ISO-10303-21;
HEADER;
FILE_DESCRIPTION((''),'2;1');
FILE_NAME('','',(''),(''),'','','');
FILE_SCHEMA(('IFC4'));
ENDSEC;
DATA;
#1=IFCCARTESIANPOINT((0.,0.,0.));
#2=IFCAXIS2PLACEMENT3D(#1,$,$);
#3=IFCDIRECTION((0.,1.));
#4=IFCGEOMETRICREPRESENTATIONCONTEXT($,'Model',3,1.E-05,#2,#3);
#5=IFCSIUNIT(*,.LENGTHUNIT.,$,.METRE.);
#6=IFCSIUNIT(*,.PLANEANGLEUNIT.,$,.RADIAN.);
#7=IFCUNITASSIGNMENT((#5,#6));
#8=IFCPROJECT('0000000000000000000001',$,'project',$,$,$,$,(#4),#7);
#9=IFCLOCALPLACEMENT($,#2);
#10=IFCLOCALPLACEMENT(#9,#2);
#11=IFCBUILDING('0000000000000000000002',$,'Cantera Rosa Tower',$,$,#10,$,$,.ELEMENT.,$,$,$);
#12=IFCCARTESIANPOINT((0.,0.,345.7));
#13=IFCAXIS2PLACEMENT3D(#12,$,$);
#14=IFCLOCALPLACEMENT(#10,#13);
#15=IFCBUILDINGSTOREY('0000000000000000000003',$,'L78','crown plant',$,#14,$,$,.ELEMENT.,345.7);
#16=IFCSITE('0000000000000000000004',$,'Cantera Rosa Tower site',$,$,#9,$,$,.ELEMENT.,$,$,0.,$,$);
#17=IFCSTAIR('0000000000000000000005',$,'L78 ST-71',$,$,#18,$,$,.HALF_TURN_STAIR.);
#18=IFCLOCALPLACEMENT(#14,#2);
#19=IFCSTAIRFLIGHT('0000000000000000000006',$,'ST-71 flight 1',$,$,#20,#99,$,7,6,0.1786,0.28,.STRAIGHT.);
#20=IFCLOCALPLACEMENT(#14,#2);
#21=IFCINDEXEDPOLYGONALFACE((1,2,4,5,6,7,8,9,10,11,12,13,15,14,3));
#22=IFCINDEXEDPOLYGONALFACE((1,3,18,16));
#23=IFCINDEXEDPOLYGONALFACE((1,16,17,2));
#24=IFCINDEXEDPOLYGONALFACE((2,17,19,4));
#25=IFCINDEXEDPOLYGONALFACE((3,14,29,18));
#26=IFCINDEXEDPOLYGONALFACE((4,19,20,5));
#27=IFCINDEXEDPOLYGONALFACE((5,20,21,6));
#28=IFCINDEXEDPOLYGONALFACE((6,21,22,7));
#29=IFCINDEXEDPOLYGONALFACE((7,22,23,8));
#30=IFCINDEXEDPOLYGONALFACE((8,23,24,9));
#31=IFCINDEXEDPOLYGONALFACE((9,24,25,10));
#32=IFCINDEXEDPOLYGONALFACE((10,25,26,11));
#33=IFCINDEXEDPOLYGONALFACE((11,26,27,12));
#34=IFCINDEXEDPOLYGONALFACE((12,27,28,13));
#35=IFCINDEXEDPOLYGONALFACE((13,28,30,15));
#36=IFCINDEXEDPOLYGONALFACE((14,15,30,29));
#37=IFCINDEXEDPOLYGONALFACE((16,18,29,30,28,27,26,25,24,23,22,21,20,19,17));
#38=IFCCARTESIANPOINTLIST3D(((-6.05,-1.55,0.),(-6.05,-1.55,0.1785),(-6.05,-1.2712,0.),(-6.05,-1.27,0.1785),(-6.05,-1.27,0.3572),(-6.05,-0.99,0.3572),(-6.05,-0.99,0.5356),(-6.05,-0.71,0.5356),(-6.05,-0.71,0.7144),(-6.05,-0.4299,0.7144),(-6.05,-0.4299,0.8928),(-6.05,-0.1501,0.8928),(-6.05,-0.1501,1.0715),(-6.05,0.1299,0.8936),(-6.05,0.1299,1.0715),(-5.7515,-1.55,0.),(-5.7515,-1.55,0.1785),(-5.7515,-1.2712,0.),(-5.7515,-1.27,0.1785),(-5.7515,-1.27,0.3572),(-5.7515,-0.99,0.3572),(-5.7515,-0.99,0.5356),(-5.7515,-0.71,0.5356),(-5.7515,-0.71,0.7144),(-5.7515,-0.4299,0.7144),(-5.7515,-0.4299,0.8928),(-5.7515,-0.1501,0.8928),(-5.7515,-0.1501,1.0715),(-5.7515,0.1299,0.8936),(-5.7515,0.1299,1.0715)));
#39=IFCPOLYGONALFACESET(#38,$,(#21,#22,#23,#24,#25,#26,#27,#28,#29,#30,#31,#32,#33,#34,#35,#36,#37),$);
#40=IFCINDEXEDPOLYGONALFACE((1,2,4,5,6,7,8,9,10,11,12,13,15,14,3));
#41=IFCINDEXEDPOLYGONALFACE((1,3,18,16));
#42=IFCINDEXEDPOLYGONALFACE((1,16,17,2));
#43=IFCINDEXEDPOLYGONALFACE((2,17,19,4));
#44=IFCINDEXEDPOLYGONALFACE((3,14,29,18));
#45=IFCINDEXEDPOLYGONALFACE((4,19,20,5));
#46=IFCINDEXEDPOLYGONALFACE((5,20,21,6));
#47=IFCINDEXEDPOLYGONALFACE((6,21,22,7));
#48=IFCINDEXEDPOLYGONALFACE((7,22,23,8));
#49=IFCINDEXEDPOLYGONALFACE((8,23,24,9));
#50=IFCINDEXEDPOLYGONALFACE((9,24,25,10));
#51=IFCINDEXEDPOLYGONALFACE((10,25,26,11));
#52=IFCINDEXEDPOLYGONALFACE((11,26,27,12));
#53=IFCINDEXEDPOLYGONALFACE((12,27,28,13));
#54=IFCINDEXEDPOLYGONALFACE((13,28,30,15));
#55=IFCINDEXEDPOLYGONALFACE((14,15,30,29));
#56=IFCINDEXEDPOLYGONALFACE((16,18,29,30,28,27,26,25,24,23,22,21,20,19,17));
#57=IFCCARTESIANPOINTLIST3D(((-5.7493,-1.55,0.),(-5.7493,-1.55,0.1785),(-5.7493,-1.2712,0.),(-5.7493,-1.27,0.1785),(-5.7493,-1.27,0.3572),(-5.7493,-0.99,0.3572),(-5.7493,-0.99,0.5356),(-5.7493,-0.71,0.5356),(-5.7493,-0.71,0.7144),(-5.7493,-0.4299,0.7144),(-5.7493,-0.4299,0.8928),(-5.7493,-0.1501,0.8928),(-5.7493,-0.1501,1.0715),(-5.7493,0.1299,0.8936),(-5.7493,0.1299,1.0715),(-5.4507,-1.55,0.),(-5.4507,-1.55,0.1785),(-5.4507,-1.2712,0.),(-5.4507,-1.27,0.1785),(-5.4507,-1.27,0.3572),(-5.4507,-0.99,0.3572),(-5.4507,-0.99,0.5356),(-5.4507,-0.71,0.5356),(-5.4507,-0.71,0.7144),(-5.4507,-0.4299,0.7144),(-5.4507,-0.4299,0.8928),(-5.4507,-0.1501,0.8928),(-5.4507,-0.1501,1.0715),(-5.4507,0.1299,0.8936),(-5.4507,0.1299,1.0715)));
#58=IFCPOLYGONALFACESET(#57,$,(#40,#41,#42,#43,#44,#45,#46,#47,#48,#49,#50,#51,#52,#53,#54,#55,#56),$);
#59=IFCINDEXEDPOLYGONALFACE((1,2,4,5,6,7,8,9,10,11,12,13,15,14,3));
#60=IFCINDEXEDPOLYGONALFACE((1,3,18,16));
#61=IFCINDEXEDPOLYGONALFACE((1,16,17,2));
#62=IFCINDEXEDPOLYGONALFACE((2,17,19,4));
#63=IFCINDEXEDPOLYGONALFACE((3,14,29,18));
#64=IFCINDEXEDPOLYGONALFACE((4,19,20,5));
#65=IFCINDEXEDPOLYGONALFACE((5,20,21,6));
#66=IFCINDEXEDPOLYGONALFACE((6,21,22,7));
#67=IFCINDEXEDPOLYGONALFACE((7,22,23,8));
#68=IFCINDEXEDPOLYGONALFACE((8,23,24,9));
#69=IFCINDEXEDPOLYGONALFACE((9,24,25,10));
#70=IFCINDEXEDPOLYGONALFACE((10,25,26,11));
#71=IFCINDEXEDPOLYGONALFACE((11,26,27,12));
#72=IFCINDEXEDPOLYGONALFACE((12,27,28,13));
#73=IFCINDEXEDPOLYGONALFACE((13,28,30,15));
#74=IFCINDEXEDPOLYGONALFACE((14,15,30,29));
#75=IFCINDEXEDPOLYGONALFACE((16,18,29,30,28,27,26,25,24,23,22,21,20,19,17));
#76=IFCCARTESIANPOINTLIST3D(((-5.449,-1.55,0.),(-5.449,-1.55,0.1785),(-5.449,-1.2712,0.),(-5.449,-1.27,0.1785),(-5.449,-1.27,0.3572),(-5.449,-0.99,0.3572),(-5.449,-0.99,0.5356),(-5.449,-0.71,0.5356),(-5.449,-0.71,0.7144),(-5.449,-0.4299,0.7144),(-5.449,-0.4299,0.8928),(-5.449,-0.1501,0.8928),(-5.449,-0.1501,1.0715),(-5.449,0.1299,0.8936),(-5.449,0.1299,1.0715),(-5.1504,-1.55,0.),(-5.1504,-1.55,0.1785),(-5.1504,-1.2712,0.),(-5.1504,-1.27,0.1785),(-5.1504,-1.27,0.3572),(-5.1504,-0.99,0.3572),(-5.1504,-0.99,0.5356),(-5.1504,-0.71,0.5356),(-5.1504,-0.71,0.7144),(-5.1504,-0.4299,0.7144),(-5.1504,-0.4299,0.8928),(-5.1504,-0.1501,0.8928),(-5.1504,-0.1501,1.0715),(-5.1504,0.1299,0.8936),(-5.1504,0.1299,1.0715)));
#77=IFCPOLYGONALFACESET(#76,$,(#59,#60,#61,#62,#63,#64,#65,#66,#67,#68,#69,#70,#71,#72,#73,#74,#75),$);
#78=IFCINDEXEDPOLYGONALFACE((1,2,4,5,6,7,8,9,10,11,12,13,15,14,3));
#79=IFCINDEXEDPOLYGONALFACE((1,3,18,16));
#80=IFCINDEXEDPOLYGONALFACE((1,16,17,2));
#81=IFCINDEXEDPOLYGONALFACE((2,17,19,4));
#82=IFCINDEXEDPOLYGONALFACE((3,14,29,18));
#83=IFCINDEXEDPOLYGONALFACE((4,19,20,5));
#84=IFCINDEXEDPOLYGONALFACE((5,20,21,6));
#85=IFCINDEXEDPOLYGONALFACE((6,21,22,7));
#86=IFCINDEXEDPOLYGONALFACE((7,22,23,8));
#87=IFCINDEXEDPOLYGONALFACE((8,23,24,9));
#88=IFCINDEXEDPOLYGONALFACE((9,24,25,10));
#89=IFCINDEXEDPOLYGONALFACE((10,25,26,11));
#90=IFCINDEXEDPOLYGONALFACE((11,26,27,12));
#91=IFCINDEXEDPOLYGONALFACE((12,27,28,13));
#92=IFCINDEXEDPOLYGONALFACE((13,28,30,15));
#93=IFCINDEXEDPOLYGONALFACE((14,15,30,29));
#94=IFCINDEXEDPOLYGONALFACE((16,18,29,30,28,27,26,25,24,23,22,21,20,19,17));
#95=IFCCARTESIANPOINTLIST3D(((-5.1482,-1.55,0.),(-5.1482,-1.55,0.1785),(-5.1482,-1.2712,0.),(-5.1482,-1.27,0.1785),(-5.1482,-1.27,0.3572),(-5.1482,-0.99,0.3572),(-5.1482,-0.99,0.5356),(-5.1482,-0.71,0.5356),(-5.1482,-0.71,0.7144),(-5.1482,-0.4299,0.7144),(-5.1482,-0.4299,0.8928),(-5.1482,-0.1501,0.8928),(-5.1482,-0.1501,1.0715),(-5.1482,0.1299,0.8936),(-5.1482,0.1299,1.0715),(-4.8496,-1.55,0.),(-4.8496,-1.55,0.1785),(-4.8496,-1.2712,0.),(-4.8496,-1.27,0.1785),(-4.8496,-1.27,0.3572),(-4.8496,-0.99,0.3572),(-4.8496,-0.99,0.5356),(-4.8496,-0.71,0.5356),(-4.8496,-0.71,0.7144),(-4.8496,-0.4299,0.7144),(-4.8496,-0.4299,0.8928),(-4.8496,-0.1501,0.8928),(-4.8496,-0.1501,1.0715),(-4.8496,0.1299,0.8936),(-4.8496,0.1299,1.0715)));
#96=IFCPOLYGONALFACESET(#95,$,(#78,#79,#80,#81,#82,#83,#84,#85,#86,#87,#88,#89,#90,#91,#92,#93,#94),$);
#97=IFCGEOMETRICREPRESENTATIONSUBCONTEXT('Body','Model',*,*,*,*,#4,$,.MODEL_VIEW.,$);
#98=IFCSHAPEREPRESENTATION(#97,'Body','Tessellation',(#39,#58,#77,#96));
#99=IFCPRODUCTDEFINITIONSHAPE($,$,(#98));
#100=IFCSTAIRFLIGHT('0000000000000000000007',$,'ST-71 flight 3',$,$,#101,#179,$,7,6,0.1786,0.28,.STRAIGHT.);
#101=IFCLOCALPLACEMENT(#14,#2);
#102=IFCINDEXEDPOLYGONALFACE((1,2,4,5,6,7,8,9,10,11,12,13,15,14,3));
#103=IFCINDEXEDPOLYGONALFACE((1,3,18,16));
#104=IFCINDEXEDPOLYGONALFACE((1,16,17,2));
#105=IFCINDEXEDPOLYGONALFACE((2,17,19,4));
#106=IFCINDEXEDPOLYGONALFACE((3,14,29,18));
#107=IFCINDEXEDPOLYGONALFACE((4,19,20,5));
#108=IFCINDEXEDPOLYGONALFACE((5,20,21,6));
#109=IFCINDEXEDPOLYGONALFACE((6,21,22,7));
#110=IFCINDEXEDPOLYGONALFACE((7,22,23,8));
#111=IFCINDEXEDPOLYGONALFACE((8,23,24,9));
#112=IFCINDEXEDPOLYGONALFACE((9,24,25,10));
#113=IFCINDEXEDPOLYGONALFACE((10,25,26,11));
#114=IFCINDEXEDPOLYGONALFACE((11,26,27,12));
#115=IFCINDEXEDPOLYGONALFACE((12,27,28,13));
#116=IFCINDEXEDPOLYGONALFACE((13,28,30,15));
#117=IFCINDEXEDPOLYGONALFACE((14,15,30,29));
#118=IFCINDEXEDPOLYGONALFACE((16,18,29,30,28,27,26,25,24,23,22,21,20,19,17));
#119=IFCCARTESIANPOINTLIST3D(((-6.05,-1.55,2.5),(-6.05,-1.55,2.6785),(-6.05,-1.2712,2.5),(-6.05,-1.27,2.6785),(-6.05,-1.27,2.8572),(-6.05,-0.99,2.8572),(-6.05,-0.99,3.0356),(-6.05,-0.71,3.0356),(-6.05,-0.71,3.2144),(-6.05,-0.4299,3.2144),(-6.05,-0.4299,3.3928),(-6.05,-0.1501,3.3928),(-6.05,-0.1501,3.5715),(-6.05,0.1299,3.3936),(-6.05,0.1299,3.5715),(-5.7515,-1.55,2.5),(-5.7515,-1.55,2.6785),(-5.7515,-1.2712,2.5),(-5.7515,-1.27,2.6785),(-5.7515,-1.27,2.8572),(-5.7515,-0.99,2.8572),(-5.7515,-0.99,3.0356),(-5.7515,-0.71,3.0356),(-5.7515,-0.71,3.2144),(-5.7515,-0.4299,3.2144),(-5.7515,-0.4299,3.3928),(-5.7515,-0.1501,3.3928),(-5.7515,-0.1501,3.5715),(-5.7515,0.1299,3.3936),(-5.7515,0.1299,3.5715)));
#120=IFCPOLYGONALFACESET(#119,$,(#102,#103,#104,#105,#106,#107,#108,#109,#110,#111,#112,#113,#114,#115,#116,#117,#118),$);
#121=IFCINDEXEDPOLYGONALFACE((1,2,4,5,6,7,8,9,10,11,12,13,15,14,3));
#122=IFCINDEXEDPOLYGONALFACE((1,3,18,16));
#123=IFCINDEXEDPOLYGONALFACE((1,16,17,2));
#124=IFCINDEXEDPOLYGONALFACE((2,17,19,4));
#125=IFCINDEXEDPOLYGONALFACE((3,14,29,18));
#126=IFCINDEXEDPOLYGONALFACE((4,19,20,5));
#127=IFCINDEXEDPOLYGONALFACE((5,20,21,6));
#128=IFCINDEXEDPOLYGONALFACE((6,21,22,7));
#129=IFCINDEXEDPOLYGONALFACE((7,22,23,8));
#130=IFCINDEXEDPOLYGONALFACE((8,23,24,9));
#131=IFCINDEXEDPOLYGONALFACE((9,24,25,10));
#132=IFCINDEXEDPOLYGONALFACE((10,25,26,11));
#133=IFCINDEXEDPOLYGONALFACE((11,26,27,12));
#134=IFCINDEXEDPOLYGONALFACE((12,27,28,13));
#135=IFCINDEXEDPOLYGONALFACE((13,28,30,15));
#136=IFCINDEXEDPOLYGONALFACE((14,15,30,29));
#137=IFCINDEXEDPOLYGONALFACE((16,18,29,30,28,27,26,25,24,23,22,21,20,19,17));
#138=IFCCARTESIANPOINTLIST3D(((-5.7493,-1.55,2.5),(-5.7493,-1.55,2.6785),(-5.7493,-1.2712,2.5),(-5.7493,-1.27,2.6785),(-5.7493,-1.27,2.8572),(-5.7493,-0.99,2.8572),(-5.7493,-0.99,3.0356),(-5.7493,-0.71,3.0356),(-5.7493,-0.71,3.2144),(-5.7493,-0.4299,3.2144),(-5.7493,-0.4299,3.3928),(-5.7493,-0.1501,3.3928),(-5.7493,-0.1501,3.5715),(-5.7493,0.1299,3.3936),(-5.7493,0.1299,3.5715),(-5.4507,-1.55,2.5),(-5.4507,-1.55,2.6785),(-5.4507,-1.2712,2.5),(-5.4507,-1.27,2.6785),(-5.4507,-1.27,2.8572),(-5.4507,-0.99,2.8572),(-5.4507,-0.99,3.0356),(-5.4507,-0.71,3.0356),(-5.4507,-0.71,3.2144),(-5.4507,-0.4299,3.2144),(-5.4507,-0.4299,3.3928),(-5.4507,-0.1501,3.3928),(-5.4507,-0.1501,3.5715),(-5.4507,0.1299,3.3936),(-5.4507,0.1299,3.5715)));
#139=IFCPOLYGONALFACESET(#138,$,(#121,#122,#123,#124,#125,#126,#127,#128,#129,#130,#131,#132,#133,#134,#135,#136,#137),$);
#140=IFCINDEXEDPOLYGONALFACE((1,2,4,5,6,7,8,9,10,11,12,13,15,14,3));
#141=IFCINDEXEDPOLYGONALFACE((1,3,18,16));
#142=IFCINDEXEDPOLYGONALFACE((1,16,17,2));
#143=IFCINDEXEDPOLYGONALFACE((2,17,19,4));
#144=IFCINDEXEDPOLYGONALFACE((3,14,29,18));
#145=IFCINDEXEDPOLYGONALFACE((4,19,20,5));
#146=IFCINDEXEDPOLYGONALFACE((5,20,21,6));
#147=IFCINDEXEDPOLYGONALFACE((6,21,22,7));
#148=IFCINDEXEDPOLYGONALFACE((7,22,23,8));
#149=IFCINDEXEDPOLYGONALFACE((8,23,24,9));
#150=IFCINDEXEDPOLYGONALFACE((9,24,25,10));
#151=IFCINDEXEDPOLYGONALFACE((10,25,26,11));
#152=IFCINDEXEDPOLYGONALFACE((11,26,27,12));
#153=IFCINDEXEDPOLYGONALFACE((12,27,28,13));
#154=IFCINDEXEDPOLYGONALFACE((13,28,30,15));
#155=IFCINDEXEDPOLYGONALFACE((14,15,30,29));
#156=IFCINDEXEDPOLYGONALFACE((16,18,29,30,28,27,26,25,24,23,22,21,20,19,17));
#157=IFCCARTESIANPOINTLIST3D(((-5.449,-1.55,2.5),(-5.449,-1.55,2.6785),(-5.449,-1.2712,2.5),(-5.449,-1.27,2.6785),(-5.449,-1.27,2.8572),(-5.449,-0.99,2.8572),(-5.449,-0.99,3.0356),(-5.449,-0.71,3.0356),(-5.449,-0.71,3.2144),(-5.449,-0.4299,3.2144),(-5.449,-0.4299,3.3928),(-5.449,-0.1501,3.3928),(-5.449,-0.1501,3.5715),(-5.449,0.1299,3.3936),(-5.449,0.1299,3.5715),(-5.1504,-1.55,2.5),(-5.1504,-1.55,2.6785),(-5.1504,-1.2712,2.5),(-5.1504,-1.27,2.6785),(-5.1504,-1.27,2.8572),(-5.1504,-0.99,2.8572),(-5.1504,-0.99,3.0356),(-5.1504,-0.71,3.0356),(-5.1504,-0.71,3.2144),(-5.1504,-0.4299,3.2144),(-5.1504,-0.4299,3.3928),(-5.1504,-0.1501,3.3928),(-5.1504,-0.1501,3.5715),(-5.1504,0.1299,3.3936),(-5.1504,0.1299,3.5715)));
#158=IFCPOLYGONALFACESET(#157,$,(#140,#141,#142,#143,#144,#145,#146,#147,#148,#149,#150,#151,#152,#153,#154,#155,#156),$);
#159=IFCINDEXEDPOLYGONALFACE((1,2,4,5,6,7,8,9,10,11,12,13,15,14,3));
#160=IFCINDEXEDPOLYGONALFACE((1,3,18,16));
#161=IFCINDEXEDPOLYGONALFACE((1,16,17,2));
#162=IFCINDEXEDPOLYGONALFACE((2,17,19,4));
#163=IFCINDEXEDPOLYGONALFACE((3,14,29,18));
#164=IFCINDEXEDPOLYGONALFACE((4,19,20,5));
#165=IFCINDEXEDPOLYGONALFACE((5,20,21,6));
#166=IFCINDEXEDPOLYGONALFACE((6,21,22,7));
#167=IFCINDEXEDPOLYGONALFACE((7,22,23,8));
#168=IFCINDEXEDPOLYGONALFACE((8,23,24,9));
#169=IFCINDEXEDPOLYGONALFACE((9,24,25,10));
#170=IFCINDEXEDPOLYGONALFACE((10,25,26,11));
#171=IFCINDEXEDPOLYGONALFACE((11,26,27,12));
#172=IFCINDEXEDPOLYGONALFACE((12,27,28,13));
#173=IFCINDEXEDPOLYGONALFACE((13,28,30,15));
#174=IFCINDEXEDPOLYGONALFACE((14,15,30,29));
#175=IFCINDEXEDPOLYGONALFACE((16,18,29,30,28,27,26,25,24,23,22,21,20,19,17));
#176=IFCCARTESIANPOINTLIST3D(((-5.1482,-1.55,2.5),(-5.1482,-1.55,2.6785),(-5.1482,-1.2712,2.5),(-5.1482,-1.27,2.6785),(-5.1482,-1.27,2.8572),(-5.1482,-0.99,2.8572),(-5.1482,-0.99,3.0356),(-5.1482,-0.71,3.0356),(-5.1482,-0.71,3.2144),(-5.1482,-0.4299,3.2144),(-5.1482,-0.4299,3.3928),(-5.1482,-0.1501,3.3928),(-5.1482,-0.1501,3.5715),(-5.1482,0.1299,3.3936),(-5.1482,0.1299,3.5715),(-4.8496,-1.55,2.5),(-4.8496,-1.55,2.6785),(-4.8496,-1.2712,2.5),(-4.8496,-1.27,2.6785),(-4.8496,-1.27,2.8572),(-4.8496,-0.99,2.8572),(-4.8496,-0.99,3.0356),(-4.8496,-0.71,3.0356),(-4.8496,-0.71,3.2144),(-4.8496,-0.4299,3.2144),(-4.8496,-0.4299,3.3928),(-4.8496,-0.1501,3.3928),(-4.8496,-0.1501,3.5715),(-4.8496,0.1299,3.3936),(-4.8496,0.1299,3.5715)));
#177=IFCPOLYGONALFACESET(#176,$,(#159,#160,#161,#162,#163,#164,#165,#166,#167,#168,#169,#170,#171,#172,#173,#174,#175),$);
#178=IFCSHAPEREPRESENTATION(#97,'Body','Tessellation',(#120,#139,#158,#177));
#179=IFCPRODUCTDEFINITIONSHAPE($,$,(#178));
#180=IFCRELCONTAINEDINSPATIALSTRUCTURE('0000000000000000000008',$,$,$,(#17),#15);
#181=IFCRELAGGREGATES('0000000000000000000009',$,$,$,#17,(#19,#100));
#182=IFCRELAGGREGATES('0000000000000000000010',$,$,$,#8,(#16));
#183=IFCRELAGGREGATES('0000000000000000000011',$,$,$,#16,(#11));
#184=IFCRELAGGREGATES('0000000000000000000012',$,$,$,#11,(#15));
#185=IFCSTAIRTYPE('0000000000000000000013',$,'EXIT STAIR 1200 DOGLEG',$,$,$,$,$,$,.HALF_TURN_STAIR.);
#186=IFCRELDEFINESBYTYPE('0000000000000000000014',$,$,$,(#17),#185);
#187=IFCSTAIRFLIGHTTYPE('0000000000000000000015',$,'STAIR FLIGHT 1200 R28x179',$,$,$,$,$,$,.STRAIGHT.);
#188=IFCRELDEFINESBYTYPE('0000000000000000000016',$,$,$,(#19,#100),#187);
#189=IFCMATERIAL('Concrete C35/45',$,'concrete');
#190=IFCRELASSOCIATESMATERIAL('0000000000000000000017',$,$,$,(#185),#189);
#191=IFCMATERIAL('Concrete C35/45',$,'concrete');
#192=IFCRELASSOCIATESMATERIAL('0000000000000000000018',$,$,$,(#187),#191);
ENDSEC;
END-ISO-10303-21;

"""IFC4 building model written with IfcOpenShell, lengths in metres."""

from ifc_helpers import new_model, si_unit, direction, frame, origin, place, context, subcontext, project, spatial, polyline, outline, extrude, material, type_object, element, aggregate, save


model = new_model("IFC4")

# Units and contexts
model_context = context("Model", 3, precision=1e-05, world=origin(), true_north=direction((0.0, 1.0)))
body_context = subcontext(model_context, "Body", "Model", "MODEL_VIEW")
ifc_project = project(units=[si_unit("LENGTHUNIT", "METRE"), si_unit("PLANEANGLEUNIT", "RADIAN")], contexts=[model_context])

# Site, building, storey
site_placement = place(None, origin())
site = spatial("IfcSite", under=ifc_project, at=site_placement, Name="Cantera Rosa Tower site", CompositionType="ELEMENT", RefElevation=0.0)
building_placement = place(site_placement, origin())
building = spatial("IfcBuilding", under=site, at=building_placement, Name="Cantera Rosa Tower", CompositionType="ELEMENT")
storey_placement = place(building_placement, frame((0.0, 0.0, 345.7)))
storey = spatial("IfcBuildingStorey", under=building, at=storey_placement, Name="L78", Description="crown plant", CompositionType="ELEMENT", Elevation=345.7)

# Stair, stair flights
ifc_material_1 = material(Name="Concrete C35/45", Category="concrete")
stair_type = type_object("IfcStairType", Name="EXIT STAIR 1200 DOGLEG", PredefinedType="HALF_TURN_STAIR", material=ifc_material_1)
stair_placement = place(storey_placement, origin())
stair = element("IfcStair", 1, at=stair_placement, inside=storey, type_object=stair_type, Name="L78 ST-71", PredefinedType="HALF_TURN_STAIR")
ifc_material_2 = material(Name="Concrete C35/45", Category="concrete")
stair_flight_type = type_object("IfcStairFlightType", Name="STAIR FLIGHT 1200 R28x179", PredefinedType="STRAIGHT", material=ifc_material_2)
stair_flight_1_placement = place(storey_placement, frame((-5.45, -1.55, 0.0), z_axis=(0.0, 0.0, 1.0), x_axis=(0.0, 1.0, 0.0)))
stair_flight_1 = element("IfcStairFlight", 2, at=stair_flight_1_placement, type_object=stair_flight_type, Name="ST-71 flight 1", NumberOfRisers=7, NumberOfTreads=6, PredefinedType="STRAIGHT", RiserHeight=0.1786, TreadLength=0.28, context=body_context, shape_type="SweptSolid", body=[
    extrude(outline(polyline([(0.0, 0.0), (0.0, 0.1785), (0.28, 0.1785), (0.28, 0.3572), (0.5601, 0.3572), (0.5601, 0.5356), (0.8401, 0.5356), (0.8401, 0.7144), (1.1201, 0.7144), (1.1201, 0.8928), (1.3999, 0.8928), (1.3999, 1.0715), (1.6799, 1.0715), (1.6799, 1.25), (1.6799, 0.8936), (0.2788, 0.0), (0.0, 0.0)])), frame((0.0, 0.6001, 0.0), z_axis=(0.0, -1.0, 0.0), x_axis=(1.0, 0.0, 0.0)), (0.0, 0.0, 1.0), 0.2986),
    extrude(outline(polyline([(0.0, 0.0), (0.0, 0.1785), (0.28, 0.1785), (0.28, 0.3572), (0.5601, 0.3572), (0.5601, 0.5356), (0.8401, 0.5356), (0.8401, 0.7144), (1.1201, 0.7144), (1.1201, 0.8928), (1.3999, 0.8928), (1.3999, 1.0715), (1.6799, 1.0715), (1.6799, 1.25), (1.6799, 0.8936), (0.2788, 0.0), (0.0, 0.0)])), frame((0.0, 0.2993, 0.0), z_axis=(0.0, -1.0, 0.0), x_axis=(1.0, 0.0, 0.0)), (0.0, 0.0, 1.0), 0.2986),
    extrude(outline(polyline([(0.0, 0.0), (0.0, 0.1785), (0.28, 0.1785), (0.28, 0.3572), (0.5601, 0.3572), (0.5601, 0.5356), (0.8401, 0.5356), (0.8401, 0.7144), (1.1201, 0.7144), (1.1201, 0.8928), (1.3999, 0.8928), (1.3999, 1.0715), (1.6799, 1.0715), (1.6799, 1.25), (1.6799, 0.8936), (0.2788, 0.0), (0.0, 0.0)])), frame((0.0, -0.001, 0.0), z_axis=(0.0, -1.0, 0.0), x_axis=(1.0, 0.0, 0.0)), (0.0, 0.0, 1.0), 0.2986),
    extrude(outline(polyline([(0.0, 0.0), (0.0, 0.1785), (0.28, 0.1785), (0.28, 0.3572), (0.5601, 0.3572), (0.5601, 0.5356), (0.8401, 0.5356), (0.8401, 0.7144), (1.1201, 0.7144), (1.1201, 0.8928), (1.3999, 0.8928), (1.3999, 1.0715), (1.6799, 1.0715), (1.6799, 1.25), (1.6799, 0.8936), (0.2788, 0.0), (0.0, 0.0)])), frame((0.0, -0.3018, 0.0), z_axis=(0.0, -1.0, 0.0), x_axis=(1.0, 0.0, 0.0)), (0.0, 0.0, 1.0), 0.2986),
])
stair_flight_2_placement = place(storey_placement, frame((-5.45, -1.55, 2.5), z_axis=(0.0, 0.0, 1.0), x_axis=(0.0, 1.0, 0.0)))
stair_flight_2 = element("IfcStairFlight", 3, at=stair_flight_2_placement, type_object=stair_flight_type, Name="ST-71 flight 3", NumberOfRisers=7, NumberOfTreads=6, PredefinedType="STRAIGHT", RiserHeight=0.1786, TreadLength=0.28, context=body_context, shape_type="SweptSolid", body=[
    extrude(outline(polyline([(0.0, 0.0), (0.0, 0.1785), (0.28, 0.1785), (0.28, 0.3572), (0.5601, 0.3572), (0.5601, 0.5356), (0.8401, 0.5356), (0.8401, 0.7144), (1.1201, 0.7144), (1.1201, 0.8928), (1.3999, 0.8928), (1.3999, 1.0715), (1.6799, 1.0715), (1.6799, 1.25), (1.6799, 0.8936), (0.2788, 0.0), (0.0, 0.0)])), frame((0.0, 0.6001, 0.0), z_axis=(0.0, -1.0, 0.0), x_axis=(1.0, 0.0, 0.0)), (0.0, 0.0, 1.0), 0.2986),
    extrude(outline(polyline([(0.0, 0.0), (0.0, 0.1785), (0.28, 0.1785), (0.28, 0.3572), (0.5601, 0.3572), (0.5601, 0.5356), (0.8401, 0.5356), (0.8401, 0.7144), (1.1201, 0.7144), (1.1201, 0.8928), (1.3999, 0.8928), (1.3999, 1.0715), (1.6799, 1.0715), (1.6799, 1.25), (1.6799, 0.8936), (0.2788, 0.0), (0.0, 0.0)])), frame((0.0, 0.2993, 0.0), z_axis=(0.0, -1.0, 0.0), x_axis=(1.0, 0.0, 0.0)), (0.0, 0.0, 1.0), 0.2986),
    extrude(outline(polyline([(0.0, 0.0), (0.0, 0.1785), (0.28, 0.1785), (0.28, 0.3572), (0.5601, 0.3572), (0.5601, 0.5356), (0.8401, 0.5356), (0.8401, 0.7144), (1.1201, 0.7144), (1.1201, 0.8928), (1.3999, 0.8928), (1.3999, 1.0715), (1.6799, 1.0715), (1.6799, 1.25), (1.6799, 0.8936), (0.2788, 0.0), (0.0, 0.0)])), frame((0.0, -0.001, 0.0), z_axis=(0.0, -1.0, 0.0), x_axis=(1.0, 0.0, 0.0)), (0.0, 0.0, 1.0), 0.2986),
    extrude(outline(polyline([(0.0, 0.0), (0.0, 0.1785), (0.28, 0.1785), (0.28, 0.3572), (0.5601, 0.3572), (0.5601, 0.5356), (0.8401, 0.5356), (0.8401, 0.7144), (1.1201, 0.7144), (1.1201, 0.8928), (1.3999, 0.8928), (1.3999, 1.0715), (1.6799, 1.0715), (1.6799, 1.25), (1.6799, 0.8936), (0.2788, 0.0), (0.0, 0.0)])), frame((0.0, -0.3018, 0.0), z_axis=(0.0, -1.0, 0.0), x_axis=(1.0, 0.0, 0.0)), (0.0, 0.0, 1.0), 0.2986),
])
aggregate(stair, [stair_flight_1, stair_flight_2])

save(model, "model.ifc")
